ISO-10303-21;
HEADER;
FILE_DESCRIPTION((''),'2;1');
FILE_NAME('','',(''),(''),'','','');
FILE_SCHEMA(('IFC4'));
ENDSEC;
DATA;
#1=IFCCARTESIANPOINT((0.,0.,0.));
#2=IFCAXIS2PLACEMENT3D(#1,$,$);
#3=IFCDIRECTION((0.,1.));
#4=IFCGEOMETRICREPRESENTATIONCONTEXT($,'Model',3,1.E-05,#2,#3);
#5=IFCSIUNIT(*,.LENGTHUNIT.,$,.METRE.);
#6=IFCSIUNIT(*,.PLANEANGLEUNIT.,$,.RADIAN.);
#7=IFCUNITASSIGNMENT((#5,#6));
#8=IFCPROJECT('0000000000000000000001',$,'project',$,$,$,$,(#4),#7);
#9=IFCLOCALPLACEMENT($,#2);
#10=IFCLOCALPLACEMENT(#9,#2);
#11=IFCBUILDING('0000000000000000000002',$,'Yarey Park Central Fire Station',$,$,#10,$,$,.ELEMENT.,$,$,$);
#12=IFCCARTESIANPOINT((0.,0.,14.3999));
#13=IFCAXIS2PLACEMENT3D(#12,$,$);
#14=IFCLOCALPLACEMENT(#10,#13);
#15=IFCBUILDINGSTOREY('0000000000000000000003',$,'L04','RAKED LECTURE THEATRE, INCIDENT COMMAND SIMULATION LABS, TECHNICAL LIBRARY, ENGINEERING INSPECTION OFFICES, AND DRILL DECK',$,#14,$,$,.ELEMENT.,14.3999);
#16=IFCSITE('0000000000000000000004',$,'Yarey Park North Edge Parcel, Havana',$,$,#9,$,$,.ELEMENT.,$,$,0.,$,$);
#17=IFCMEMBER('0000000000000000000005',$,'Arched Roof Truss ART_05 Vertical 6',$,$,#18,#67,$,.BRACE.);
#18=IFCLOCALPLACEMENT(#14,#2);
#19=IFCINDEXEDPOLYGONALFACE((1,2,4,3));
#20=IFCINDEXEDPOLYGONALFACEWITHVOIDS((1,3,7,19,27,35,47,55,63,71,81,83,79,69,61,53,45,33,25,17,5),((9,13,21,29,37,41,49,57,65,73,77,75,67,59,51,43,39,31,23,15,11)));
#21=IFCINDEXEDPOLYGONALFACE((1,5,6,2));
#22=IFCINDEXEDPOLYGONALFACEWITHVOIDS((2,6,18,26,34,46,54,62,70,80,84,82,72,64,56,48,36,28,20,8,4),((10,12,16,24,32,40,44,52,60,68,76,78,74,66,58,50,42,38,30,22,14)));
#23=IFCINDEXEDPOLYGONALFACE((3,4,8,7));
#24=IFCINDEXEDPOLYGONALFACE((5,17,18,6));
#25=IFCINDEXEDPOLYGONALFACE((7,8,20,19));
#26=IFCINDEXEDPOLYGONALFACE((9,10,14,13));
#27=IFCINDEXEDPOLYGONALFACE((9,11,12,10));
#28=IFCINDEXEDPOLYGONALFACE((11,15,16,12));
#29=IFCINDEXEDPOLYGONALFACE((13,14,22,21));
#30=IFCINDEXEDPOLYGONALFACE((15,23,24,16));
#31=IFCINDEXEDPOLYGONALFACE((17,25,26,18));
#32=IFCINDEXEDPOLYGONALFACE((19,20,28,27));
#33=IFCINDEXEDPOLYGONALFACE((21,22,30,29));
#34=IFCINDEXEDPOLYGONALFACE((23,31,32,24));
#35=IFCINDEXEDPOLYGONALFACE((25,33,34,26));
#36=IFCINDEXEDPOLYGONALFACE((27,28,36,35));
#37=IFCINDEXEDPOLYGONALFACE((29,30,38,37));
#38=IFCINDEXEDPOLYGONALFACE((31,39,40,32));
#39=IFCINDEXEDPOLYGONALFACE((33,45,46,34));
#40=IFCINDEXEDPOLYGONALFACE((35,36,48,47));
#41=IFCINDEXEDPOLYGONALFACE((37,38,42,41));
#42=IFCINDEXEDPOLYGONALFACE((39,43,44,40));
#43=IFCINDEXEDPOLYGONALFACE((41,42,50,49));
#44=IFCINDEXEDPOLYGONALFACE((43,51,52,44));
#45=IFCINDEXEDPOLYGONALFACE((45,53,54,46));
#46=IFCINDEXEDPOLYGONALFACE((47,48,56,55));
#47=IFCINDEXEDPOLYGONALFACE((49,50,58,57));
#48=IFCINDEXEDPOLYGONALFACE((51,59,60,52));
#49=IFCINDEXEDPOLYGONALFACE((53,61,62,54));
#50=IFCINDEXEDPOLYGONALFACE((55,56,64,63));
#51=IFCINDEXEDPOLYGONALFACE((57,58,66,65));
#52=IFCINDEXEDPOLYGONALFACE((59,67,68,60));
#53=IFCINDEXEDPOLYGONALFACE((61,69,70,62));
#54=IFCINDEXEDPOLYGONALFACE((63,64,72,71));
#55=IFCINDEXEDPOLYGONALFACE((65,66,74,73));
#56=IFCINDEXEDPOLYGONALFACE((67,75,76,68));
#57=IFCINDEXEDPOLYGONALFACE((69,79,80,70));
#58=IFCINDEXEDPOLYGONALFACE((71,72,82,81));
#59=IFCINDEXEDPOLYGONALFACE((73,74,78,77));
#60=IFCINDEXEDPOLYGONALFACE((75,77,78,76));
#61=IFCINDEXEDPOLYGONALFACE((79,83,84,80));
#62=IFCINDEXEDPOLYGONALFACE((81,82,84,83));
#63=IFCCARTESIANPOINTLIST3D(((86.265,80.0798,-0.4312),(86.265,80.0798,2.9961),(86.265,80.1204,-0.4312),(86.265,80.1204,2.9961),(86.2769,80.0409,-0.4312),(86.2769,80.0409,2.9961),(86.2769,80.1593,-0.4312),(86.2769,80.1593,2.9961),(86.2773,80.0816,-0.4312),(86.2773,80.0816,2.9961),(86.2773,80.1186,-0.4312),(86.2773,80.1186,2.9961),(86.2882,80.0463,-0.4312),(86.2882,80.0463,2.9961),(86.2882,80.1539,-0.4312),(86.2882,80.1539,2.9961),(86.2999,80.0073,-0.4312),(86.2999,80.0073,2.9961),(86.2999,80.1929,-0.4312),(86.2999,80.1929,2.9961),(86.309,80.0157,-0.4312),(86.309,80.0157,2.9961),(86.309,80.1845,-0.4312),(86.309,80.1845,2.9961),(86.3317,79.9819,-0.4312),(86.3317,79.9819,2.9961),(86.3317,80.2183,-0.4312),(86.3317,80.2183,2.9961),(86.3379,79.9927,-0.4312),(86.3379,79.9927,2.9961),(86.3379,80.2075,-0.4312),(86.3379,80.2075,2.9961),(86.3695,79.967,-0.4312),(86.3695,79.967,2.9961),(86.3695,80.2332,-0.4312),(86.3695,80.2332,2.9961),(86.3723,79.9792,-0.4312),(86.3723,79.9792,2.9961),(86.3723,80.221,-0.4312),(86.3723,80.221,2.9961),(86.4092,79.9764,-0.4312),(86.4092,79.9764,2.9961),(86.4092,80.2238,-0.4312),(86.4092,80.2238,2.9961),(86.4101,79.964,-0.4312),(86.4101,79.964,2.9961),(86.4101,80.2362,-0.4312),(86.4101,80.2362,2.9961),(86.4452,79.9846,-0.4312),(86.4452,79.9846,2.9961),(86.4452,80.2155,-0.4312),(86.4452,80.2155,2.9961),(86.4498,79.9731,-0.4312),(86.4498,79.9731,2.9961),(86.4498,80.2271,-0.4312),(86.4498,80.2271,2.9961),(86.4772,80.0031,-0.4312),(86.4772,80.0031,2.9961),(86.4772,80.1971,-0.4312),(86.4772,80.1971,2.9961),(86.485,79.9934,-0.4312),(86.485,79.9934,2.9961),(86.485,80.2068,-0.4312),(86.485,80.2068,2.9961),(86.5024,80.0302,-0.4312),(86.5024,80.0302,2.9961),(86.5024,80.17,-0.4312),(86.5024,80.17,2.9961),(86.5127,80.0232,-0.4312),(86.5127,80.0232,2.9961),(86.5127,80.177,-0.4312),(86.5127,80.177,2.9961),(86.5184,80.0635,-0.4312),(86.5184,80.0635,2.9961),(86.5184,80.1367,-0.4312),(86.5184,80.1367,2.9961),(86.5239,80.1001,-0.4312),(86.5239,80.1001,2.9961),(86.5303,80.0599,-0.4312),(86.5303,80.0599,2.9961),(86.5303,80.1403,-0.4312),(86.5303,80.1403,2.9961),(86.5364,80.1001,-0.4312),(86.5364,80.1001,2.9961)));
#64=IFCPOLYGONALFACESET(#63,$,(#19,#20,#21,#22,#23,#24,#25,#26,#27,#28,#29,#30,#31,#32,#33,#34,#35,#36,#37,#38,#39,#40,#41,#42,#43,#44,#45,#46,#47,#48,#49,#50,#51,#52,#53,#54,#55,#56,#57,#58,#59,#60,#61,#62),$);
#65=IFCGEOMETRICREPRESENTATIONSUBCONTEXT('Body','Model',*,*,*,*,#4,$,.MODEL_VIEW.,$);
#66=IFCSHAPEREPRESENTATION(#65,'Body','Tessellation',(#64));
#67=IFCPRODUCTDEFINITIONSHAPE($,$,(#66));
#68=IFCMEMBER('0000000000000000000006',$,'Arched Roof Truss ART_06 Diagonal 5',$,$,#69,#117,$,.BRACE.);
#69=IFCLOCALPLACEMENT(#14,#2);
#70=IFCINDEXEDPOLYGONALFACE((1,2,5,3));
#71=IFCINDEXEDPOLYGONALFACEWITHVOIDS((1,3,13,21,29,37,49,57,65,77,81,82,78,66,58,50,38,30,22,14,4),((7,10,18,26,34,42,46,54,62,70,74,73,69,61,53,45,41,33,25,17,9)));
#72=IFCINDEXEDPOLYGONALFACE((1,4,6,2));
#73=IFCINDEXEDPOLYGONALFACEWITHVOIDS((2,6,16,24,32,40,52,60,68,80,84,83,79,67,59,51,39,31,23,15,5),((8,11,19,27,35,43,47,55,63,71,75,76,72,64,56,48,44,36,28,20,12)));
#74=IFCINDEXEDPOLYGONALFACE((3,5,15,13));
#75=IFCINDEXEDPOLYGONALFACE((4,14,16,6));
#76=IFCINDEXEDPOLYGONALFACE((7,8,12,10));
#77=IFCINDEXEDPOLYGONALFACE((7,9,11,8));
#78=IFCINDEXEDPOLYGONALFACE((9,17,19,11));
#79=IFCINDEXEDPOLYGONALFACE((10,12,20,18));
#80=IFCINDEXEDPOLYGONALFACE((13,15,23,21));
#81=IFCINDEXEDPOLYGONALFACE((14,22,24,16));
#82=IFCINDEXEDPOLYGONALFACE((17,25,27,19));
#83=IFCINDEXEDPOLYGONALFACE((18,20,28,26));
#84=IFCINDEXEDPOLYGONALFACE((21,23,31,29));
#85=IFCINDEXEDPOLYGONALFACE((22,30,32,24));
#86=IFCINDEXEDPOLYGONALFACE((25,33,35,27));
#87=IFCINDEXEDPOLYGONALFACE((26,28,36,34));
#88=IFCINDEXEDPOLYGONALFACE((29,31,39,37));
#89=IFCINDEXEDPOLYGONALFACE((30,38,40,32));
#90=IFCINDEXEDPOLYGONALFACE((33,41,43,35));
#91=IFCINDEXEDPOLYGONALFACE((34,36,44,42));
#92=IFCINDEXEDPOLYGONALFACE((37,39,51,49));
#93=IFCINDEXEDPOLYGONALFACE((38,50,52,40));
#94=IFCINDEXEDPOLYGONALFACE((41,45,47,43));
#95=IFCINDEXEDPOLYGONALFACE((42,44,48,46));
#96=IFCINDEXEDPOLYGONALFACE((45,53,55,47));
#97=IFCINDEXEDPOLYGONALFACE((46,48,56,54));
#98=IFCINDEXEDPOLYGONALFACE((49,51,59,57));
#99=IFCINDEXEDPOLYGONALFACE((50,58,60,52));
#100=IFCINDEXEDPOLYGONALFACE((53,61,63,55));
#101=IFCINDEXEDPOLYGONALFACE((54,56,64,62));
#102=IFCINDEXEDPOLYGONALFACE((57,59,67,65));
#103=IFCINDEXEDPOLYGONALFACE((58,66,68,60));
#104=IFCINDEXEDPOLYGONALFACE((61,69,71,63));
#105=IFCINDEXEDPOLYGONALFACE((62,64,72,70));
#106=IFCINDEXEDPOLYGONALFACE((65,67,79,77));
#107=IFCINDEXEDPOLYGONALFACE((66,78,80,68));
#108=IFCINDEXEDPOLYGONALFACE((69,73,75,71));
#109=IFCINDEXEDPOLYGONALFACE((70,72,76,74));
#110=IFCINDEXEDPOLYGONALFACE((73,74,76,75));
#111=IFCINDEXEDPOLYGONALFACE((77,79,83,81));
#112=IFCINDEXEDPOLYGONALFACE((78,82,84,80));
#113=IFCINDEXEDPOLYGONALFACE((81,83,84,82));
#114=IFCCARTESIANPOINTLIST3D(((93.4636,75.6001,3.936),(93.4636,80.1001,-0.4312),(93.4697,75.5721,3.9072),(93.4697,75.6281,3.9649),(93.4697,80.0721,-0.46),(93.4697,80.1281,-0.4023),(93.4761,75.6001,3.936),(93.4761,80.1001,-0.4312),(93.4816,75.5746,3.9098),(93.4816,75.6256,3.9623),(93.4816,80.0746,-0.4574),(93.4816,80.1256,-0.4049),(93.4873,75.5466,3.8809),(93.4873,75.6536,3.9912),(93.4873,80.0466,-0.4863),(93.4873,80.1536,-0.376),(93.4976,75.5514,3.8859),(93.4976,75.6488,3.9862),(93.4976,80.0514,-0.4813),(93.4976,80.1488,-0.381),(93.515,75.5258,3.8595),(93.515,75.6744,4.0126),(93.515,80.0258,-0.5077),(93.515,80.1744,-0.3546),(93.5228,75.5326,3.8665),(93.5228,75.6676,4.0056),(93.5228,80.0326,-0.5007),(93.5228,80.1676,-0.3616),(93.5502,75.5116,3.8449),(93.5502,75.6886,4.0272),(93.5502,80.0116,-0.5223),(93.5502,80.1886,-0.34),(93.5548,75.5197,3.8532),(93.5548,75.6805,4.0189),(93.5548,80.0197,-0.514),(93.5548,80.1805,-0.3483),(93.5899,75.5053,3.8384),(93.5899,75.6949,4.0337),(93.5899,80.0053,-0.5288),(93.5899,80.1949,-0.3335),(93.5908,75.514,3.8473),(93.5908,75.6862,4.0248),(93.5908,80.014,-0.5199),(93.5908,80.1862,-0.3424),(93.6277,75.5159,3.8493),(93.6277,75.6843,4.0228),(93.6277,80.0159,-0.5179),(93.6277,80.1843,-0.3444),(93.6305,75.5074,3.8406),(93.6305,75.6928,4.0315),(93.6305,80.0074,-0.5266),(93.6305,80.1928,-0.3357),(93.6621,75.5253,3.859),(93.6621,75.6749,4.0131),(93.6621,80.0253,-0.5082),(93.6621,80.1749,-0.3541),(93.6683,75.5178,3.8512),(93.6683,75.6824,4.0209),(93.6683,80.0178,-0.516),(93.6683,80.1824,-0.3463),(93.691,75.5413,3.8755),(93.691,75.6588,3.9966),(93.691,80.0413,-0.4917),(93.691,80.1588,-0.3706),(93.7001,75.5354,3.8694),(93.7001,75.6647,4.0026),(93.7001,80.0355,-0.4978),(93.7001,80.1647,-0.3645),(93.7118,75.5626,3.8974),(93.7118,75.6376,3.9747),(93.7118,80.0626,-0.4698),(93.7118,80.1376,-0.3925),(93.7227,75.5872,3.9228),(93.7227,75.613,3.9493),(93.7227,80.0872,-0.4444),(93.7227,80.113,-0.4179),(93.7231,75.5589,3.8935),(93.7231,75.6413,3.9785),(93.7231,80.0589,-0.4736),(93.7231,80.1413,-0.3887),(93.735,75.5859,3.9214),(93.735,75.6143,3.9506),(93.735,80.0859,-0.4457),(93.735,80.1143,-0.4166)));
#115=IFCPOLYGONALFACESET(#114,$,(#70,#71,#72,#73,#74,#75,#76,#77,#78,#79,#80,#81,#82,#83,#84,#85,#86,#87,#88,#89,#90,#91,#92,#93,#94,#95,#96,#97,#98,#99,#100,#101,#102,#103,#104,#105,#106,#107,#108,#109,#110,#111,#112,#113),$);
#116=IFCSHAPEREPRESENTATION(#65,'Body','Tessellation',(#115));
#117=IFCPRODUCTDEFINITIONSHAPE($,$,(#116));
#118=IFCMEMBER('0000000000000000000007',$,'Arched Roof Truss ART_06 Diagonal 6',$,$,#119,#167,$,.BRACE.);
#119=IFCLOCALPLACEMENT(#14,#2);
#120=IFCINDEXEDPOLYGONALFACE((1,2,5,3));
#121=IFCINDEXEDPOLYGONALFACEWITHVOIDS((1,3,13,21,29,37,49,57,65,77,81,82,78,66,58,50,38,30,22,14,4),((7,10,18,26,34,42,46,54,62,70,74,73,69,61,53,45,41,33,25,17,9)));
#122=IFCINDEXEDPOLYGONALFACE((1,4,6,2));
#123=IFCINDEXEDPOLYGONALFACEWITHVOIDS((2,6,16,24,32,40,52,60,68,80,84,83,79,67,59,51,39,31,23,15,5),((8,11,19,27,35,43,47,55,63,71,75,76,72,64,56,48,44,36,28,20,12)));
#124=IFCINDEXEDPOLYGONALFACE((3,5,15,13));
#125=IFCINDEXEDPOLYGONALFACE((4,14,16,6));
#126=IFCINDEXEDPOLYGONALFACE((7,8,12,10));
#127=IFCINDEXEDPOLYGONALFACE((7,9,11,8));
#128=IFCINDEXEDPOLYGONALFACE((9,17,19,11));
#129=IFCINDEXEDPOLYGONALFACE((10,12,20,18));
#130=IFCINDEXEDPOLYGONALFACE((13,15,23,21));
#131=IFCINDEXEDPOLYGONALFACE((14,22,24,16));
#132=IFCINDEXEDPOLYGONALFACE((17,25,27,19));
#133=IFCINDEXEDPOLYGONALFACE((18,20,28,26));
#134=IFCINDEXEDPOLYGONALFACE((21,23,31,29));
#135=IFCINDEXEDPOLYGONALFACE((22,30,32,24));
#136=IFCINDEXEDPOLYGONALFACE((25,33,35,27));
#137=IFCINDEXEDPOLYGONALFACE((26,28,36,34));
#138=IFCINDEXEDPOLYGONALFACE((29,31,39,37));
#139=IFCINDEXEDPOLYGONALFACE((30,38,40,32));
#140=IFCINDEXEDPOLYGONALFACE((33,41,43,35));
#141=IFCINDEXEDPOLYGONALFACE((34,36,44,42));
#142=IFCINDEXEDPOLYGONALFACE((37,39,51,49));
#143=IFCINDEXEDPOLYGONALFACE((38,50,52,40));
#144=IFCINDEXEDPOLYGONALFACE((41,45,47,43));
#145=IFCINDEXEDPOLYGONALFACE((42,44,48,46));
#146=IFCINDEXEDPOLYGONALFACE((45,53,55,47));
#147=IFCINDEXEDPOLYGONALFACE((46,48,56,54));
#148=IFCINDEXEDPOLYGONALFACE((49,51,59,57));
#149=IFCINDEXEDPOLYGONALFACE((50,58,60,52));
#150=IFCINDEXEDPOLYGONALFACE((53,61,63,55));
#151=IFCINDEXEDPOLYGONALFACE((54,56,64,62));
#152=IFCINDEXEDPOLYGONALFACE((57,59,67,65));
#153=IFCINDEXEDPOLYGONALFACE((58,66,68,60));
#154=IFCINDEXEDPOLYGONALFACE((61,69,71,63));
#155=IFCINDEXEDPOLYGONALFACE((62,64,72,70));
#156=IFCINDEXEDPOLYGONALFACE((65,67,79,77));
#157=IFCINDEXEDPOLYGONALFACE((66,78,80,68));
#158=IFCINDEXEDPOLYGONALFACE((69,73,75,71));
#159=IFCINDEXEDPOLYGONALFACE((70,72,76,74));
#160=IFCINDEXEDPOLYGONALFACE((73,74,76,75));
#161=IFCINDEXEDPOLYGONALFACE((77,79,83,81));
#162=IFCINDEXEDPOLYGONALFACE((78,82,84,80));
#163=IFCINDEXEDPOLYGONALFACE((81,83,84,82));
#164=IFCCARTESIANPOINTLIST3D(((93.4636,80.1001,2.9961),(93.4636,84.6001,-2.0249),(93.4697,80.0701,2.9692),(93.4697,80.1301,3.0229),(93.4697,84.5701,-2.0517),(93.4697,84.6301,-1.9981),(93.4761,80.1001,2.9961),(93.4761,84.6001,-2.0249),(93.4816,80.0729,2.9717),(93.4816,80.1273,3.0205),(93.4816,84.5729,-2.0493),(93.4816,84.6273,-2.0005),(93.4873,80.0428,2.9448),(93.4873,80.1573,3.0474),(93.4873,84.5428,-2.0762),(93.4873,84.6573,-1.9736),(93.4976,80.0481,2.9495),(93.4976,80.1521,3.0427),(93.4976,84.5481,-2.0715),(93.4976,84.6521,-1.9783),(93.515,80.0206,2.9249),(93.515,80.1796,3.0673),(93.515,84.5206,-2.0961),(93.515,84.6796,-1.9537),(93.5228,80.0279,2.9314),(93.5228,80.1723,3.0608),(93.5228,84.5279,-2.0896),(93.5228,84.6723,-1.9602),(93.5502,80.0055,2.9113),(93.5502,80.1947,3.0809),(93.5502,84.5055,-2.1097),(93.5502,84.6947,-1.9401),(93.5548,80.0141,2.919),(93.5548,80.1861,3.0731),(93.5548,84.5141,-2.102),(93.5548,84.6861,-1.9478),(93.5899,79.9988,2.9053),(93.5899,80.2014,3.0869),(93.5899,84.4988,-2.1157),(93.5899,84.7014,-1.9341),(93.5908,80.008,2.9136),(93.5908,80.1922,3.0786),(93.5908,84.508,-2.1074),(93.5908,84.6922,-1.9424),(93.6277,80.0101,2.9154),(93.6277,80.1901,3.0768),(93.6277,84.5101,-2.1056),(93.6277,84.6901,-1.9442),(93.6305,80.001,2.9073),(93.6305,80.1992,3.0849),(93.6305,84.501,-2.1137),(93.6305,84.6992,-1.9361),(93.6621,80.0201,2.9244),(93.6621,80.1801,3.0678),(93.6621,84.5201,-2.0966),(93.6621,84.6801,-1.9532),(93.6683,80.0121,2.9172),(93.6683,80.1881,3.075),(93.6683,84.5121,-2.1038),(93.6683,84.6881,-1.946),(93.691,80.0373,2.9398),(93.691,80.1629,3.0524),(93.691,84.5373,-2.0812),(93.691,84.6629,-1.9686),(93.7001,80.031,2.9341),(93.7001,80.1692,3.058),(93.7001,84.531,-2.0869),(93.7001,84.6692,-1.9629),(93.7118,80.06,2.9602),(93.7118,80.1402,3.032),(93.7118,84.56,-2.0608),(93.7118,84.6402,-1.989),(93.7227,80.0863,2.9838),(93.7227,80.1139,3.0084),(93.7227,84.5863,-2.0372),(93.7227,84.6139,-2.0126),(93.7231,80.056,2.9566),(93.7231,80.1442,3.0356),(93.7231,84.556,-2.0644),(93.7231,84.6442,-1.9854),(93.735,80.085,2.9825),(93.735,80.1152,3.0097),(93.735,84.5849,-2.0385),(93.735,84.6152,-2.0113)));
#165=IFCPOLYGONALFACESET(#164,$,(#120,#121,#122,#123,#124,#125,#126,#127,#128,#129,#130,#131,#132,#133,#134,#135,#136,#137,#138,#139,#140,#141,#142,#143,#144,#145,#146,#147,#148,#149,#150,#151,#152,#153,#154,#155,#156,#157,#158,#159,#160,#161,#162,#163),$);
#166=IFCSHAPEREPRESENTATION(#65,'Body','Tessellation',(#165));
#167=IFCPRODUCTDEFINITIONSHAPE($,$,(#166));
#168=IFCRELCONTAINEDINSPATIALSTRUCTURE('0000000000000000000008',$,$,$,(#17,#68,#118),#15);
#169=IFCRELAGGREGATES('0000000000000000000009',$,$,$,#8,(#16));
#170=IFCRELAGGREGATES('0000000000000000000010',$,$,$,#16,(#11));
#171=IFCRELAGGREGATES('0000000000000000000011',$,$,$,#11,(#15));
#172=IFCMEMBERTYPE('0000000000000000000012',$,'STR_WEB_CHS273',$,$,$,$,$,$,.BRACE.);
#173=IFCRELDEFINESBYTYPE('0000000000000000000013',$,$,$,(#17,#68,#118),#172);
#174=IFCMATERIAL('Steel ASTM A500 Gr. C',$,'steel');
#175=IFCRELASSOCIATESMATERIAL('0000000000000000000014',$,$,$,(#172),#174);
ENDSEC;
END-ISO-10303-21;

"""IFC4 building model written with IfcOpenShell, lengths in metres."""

from ifc_helpers import new_model, si_unit, direction, frame, origin, origin_2d, place, context, subcontext, project, spatial, hollow_circle, extrude, material, material_profile, profile_set, type_object, element, save


model = new_model("IFC4")

# Units and contexts
model_context = context("Model", 3, precision=1e-05, world=origin(), true_north=direction((0.0, 1.0)))
body_context = subcontext(model_context, "Body", "Model", "MODEL_VIEW")
ifc_project = project(units=[si_unit("LENGTHUNIT", "METRE"), si_unit("PLANEANGLEUNIT", "RADIAN")], contexts=[model_context])

# Site, building, storey
site_placement = place(None, origin())
site = spatial("IfcSite", under=ifc_project, at=site_placement, Name="Yarey Park North Edge Parcel, Havana", CompositionType="ELEMENT", RefElevation=0.0)
building_placement = place(site_placement, origin())
building = spatial("IfcBuilding", under=site, at=building_placement, Name="Yarey Park Central Fire Station", CompositionType="ELEMENT")
storey_placement = place(building_placement, frame((0.0, 0.0, 14.3999)))
storey = spatial("IfcBuildingStorey", under=building, at=storey_placement, Name="L04", Description="RAKED LECTURE THEATRE, INCIDENT COMMAND SIMULATION LABS, TECHNICAL LIBRARY, ENGINEERING INSPECTION OFFICES, AND DRILL DECK", CompositionType="ELEMENT", Elevation=14.3999)

# Members
ifc_material = material(Name="Steel ASTM A500 Gr. C", Category="steel")
ifc_material_profile_1 = material_profile(ifc_material, hollow_circle(Radius=0.1365, WallThickness=0.0125, at=origin_2d()), Name="CHS 273x12.5")
ifc_profile_set_1 = profile_set([ifc_material_profile_1], Name="Steel ASTM A500 Gr. C")
member_type_1 = type_object("IfcMemberType", Name="STR_WEB_CHS273", PredefinedType="BRACE", material=ifc_profile_set_1)
member_1_placement = place(storey_placement, frame((86.3999, 80.1001, -0.4312), z_axis=(0.0, 0.0, 1.0), x_axis=(1.0, 0.0, 0.0)))
element("IfcMember", 1, at=member_1_placement, inside=storey, type_object=member_type_1, Name="Arched Roof Truss ART_05 Vertical 6", PredefinedType="BRACE", context=body_context, shape_type="SweptSolid", body=[
    extrude(hollow_circle(Radius=0.1365, WallThickness=0.0125, at=origin_2d()), origin(), (0.0, 0.0, 1.0), 3.4272),
])
member_2_placement = place(storey_placement, frame((93.6001, 75.6001, 3.936), z_axis=(0.0, 0.717617, -0.696438), x_axis=(-1.0, 0.0, 0.0)))
element("IfcMember", 2, at=member_2_placement, inside=storey, type_object=member_type_1, Name="Arched Roof Truss ART_06 Diagonal 5", PredefinedType="BRACE", context=body_context, shape_type="SweptSolid", body=[
    extrude(hollow_circle(Radius=0.1365, WallThickness=0.0125, at=origin_2d()), origin(), (0.0, 0.0, 1.0), 6.2708),
])
member_3_placement = place(storey_placement, frame((93.6001, 80.1001, 2.9961), z_axis=(0.0, 0.667415, -0.744686), x_axis=(-1.0, 0.0, 0.0)))
element("IfcMember", 3, at=member_3_placement, inside=storey, type_object=member_type_1, Name="Arched Roof Truss ART_06 Diagonal 6", PredefinedType="BRACE", context=body_context, shape_type="SweptSolid", body=[
    extrude(hollow_circle(Radius=0.1365, WallThickness=0.0125, at=origin_2d()), origin(), (0.0, 0.0, 1.0), 6.7424),
])

save(model, "model.ifc")
